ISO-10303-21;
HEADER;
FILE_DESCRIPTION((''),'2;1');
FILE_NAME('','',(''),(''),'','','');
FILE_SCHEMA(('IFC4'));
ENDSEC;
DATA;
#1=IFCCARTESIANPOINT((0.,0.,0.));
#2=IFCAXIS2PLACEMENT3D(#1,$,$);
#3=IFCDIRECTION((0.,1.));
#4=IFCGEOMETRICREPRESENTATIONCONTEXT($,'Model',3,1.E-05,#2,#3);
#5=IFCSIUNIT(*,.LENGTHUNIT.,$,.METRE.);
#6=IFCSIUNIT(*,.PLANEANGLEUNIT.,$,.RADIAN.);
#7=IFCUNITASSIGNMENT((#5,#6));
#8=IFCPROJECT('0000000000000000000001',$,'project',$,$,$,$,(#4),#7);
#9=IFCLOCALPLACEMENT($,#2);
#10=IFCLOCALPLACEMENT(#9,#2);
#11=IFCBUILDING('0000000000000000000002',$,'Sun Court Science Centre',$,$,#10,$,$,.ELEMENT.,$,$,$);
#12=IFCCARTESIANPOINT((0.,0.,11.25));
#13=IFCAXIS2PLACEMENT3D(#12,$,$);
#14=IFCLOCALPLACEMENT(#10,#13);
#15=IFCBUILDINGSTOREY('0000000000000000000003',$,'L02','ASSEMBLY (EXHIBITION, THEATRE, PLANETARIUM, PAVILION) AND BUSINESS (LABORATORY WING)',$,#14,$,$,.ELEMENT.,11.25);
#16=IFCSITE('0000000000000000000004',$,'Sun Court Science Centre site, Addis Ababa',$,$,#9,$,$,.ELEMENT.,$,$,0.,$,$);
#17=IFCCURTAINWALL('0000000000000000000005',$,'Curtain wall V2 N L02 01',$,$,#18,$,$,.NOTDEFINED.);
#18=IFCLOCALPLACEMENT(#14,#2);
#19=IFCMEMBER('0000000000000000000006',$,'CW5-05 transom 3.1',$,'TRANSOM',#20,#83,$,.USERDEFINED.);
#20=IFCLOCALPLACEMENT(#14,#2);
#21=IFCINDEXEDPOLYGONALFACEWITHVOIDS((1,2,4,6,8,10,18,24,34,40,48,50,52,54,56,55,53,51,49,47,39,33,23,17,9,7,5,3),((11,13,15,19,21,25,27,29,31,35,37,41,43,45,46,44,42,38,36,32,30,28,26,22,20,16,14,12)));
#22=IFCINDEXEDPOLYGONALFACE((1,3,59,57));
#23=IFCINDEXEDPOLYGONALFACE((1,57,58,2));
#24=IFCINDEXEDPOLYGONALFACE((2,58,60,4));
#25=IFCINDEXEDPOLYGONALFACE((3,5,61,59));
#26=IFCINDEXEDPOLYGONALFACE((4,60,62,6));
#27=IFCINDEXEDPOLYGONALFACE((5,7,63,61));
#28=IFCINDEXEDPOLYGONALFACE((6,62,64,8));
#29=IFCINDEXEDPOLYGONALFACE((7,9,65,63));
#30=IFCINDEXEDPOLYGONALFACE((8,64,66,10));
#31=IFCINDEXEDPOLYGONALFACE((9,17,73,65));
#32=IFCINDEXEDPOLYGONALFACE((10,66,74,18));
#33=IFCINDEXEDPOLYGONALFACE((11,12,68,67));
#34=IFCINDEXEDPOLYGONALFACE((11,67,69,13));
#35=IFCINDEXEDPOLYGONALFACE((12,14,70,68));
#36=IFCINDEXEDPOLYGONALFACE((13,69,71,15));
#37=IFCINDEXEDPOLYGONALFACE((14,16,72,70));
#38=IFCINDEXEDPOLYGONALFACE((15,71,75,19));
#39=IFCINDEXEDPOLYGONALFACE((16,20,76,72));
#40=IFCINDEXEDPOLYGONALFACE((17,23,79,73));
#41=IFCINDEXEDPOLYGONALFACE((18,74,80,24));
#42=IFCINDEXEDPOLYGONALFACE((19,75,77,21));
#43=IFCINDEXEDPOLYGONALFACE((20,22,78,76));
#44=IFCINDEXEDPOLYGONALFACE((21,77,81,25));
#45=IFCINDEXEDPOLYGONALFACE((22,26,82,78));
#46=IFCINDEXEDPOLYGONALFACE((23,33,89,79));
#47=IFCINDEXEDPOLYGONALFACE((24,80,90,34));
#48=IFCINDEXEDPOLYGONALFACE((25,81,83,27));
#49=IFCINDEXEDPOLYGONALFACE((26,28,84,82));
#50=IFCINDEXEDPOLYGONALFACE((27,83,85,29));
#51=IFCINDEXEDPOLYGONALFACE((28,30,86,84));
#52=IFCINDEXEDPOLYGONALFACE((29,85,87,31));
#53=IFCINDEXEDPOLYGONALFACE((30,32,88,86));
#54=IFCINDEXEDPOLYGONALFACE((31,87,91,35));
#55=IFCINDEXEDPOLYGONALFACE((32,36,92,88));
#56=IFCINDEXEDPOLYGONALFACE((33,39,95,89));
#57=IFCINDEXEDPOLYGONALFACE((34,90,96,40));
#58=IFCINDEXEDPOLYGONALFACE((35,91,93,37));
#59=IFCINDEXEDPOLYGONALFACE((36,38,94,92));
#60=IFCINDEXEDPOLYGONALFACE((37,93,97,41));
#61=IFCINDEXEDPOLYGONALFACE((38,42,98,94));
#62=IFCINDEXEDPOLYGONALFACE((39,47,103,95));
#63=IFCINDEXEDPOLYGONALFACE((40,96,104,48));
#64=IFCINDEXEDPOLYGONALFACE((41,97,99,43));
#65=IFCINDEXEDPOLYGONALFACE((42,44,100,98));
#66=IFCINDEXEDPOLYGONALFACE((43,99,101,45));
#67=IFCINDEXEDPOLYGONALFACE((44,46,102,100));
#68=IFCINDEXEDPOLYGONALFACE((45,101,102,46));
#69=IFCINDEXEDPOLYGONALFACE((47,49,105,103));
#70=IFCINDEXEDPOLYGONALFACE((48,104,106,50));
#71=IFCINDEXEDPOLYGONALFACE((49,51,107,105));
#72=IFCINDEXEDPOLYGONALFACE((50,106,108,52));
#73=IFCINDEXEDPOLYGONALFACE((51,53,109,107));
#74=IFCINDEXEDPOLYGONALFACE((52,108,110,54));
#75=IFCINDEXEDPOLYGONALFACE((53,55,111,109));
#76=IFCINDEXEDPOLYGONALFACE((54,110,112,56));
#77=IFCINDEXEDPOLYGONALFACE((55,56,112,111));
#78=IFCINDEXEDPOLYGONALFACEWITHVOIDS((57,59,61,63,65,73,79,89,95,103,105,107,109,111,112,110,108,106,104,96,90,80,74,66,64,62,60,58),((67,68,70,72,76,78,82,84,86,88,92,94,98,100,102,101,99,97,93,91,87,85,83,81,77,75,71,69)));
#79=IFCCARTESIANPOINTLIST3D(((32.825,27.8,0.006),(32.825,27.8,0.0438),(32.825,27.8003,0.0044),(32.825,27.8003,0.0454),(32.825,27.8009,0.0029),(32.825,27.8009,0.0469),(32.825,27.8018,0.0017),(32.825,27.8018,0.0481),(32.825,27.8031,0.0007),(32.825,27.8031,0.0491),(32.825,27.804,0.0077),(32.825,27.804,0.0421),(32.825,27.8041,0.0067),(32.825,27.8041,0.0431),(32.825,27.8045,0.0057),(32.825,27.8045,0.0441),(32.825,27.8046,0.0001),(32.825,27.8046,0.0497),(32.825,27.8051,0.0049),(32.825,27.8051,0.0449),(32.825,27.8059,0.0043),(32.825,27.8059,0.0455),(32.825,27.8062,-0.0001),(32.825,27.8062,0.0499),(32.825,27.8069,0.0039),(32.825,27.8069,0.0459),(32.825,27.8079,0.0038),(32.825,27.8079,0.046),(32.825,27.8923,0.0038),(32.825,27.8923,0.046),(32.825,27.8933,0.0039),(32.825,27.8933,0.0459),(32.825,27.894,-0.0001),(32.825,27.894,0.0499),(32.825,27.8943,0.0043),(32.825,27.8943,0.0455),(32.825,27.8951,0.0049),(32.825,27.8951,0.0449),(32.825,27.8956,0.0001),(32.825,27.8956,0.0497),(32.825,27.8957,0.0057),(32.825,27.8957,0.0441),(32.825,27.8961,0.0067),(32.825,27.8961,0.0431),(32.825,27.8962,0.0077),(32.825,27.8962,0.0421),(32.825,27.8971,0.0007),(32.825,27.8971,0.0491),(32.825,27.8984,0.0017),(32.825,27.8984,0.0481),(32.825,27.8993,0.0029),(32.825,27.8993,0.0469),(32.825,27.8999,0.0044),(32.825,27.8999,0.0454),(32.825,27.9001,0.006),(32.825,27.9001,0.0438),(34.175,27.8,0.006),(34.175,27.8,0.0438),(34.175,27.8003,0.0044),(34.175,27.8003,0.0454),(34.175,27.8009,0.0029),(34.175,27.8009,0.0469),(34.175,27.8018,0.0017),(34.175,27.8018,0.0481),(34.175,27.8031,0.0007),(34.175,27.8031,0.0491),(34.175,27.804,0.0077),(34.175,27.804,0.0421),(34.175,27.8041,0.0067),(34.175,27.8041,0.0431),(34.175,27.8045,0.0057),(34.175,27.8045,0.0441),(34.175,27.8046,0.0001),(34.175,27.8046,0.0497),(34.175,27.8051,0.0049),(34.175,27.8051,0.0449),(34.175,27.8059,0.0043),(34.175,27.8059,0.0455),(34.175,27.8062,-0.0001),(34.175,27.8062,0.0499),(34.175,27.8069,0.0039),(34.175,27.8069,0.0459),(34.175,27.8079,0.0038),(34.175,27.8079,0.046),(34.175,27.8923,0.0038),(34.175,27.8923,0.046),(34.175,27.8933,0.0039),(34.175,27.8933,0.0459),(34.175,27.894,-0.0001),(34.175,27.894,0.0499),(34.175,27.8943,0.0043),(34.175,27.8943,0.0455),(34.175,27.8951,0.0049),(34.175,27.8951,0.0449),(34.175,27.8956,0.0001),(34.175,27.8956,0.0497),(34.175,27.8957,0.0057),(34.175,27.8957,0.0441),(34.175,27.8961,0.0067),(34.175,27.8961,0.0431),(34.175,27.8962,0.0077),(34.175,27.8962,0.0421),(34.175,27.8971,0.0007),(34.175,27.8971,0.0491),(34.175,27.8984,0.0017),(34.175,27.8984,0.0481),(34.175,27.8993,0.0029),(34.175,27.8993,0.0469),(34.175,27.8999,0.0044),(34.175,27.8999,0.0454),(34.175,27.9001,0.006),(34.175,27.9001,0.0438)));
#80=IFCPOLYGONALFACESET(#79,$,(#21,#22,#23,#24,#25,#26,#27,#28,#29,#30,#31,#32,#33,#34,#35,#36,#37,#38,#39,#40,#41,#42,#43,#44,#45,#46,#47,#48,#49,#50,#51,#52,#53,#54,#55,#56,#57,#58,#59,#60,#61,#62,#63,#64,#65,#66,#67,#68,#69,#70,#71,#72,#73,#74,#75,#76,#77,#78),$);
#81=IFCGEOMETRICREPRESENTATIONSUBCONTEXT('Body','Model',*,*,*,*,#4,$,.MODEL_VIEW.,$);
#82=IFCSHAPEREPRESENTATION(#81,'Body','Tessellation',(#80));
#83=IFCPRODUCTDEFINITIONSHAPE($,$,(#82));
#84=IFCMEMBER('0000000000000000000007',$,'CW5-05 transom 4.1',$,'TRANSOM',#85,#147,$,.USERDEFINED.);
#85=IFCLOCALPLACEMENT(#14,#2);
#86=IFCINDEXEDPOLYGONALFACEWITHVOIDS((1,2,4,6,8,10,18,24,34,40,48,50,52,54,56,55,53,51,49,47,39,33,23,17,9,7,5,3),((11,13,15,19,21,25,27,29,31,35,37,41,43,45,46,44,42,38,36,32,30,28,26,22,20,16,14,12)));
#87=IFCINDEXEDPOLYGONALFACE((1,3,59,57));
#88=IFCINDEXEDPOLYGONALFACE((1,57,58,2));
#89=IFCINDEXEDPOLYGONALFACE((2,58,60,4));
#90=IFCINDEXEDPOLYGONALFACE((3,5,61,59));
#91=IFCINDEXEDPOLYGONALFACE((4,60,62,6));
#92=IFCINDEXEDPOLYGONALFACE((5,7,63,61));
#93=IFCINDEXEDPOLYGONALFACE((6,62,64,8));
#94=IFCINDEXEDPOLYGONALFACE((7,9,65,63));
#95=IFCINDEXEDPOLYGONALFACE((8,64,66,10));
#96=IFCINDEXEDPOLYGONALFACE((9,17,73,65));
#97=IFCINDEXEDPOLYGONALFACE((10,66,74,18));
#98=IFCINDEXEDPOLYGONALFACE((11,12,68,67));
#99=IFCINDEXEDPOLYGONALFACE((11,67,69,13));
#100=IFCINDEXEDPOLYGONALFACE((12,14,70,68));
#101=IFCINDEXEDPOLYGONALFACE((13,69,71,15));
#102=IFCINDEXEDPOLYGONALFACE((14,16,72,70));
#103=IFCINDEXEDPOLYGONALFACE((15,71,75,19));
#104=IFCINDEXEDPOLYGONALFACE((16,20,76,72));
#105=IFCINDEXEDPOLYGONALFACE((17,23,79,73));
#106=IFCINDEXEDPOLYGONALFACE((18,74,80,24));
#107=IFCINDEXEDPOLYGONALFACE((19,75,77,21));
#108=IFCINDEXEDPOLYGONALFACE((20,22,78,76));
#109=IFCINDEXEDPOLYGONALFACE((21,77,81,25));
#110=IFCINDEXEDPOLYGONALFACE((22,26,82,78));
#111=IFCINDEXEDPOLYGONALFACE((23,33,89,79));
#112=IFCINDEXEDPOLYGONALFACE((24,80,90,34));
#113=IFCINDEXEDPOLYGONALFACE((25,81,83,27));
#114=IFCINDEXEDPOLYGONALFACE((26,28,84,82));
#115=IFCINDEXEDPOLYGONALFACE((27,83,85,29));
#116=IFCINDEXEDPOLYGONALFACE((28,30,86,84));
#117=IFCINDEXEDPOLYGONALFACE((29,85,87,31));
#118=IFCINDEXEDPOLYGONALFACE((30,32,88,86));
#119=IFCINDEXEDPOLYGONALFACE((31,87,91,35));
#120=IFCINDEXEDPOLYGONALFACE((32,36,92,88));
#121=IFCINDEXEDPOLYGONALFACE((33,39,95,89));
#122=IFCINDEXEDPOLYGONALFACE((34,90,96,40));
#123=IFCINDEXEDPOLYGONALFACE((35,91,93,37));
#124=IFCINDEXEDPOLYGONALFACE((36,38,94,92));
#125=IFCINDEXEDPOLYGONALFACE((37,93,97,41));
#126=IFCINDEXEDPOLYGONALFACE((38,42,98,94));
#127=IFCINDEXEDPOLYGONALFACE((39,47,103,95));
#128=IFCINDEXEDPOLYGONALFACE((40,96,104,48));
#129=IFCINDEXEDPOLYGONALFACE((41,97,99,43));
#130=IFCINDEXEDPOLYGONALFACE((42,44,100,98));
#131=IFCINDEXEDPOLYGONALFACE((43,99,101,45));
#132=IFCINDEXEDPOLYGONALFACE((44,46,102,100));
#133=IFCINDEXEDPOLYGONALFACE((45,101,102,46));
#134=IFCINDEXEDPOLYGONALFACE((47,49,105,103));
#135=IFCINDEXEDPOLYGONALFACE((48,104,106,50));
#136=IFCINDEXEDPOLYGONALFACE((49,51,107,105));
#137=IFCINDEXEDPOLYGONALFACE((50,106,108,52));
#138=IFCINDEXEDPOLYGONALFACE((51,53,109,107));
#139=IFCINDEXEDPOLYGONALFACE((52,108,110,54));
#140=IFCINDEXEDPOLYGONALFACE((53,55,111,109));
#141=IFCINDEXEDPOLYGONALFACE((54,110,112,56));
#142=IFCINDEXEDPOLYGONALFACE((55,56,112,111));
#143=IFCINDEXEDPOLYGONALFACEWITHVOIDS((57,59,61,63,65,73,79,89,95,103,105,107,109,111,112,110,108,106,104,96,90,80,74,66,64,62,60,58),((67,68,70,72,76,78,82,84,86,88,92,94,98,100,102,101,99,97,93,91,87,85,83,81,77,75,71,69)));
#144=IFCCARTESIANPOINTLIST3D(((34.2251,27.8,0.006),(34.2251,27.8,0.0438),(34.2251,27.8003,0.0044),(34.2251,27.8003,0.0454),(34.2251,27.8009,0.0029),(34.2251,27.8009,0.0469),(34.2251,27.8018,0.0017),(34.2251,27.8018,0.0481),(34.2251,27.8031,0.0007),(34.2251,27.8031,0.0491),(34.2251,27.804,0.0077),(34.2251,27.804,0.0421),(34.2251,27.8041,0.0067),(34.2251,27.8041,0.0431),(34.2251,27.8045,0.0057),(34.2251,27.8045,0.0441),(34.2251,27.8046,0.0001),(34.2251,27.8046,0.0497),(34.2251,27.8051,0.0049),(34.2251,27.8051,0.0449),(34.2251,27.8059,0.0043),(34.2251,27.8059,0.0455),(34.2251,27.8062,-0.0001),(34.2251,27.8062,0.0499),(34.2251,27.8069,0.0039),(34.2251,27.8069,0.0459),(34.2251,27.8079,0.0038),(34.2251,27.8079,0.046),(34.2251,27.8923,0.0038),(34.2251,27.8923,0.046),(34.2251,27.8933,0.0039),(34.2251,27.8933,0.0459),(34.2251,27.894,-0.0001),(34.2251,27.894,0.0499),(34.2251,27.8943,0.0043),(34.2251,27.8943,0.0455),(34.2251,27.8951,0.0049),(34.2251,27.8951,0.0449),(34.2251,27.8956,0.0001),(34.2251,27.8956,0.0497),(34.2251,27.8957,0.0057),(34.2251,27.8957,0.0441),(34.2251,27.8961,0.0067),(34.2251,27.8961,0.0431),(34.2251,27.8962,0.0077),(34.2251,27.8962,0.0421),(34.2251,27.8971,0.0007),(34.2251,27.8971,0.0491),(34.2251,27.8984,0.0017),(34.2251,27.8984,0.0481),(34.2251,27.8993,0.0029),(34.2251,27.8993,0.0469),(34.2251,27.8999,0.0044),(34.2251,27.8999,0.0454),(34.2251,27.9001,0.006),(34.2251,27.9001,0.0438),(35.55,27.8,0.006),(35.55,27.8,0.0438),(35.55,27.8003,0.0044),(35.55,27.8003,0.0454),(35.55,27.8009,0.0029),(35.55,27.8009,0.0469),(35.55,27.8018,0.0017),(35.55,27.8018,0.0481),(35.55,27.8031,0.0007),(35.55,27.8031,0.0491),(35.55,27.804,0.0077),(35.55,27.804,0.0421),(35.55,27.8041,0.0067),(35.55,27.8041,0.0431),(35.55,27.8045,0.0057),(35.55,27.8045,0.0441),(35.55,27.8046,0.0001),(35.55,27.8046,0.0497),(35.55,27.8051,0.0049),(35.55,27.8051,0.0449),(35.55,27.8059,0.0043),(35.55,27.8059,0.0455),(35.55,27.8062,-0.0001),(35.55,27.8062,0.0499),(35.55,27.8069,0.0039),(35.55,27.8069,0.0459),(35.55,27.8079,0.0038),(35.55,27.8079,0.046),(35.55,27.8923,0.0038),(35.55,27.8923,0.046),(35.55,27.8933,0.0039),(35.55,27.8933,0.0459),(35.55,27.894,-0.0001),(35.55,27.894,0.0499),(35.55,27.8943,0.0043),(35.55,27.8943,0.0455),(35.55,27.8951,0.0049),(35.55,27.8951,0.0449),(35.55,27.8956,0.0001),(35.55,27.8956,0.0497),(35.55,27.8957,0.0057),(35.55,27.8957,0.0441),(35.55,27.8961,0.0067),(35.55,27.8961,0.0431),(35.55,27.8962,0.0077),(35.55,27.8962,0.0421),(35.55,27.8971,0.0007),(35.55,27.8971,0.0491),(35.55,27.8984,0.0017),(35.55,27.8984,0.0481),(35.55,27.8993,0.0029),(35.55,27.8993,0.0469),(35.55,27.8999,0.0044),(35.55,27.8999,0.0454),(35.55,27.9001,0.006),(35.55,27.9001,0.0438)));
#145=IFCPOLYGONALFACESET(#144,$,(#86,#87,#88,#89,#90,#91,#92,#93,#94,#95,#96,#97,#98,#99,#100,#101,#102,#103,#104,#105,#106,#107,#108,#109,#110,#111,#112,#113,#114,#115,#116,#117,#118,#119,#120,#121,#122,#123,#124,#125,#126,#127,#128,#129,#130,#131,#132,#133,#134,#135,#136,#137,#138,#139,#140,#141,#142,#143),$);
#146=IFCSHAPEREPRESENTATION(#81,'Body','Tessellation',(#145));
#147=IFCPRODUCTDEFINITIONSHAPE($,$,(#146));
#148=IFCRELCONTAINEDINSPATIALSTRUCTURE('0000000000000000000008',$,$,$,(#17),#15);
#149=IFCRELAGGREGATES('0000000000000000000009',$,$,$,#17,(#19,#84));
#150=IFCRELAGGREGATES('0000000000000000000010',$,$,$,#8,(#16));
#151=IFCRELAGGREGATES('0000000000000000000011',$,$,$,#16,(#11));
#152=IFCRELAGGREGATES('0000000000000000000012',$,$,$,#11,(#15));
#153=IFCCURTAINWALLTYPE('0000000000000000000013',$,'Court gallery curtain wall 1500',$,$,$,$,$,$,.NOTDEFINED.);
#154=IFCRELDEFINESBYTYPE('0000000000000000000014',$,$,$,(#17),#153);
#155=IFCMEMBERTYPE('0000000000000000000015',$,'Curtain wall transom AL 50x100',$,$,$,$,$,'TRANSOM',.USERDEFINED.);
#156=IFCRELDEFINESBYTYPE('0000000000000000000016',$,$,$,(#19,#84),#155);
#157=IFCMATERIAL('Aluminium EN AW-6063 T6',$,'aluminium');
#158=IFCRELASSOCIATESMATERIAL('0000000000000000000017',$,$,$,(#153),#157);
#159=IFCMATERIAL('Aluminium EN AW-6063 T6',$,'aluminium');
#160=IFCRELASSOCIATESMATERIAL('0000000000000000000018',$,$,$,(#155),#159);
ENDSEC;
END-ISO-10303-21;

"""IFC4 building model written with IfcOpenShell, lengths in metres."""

from ifc_helpers import new_model, si_unit, direction, frame, origin, origin_2d, place, context, subcontext, project, spatial, hollow_rectangle, extrude, material, material_profile, profile_set, type_object, element, aggregate, save


model = new_model("IFC4")

# Units and contexts
model_context = context("Model", 3, precision=1e-05, world=origin(), true_north=direction((0.0, 1.0)))
body_context = subcontext(model_context, "Body", "Model", "MODEL_VIEW")
ifc_project = project(units=[si_unit("LENGTHUNIT", "METRE"), si_unit("PLANEANGLEUNIT", "RADIAN")], contexts=[model_context])

# Site, building, storey
site_placement = place(None, origin())
site = spatial("IfcSite", under=ifc_project, at=site_placement, Name="Sun Court Science Centre site, Addis Ababa", CompositionType="ELEMENT", RefElevation=0.0)
building_placement = place(site_placement, origin())
building = spatial("IfcBuilding", under=site, at=building_placement, Name="Sun Court Science Centre", CompositionType="ELEMENT")
storey_placement = place(building_placement, frame((0.0, 0.0, 11.25)))
storey = spatial("IfcBuildingStorey", under=building, at=storey_placement, Name="L02", Description="ASSEMBLY (EXHIBITION, THEATRE, PLANETARIUM, PAVILION) AND BUSINESS (LABORATORY WING)", CompositionType="ELEMENT", Elevation=11.25)

# Curtain wall
ifc_material_1 = material(Name="Aluminium EN AW-6063 T6", Category="aluminium")
curtain_wall_type_1 = type_object("IfcCurtainWallType", Name="Court gallery curtain wall 1500", PredefinedType="NOTDEFINED", material=ifc_material_1)
curtain_wall_1_placement = place(storey_placement, origin())
curtain_wall_1 = element("IfcCurtainWall", 1, at=curtain_wall_1_placement, inside=storey, type_object=curtain_wall_type_1, Name="Curtain wall V2 N L02 01", PredefinedType="NOTDEFINED")

# Members
ifc_material_2 = material(Name="Aluminium EN AW-6063 T6", Category="aluminium")
ifc_material_profile_1 = material_profile(ifc_material_2, hollow_rectangle(XDim=0.05, YDim=0.1001, WallThickness=0.0039, InnerFilletRadius=0.0039, OuterFilletRadius=0.0061, at=origin_2d()), Name="AL 50x100x4")
ifc_profile_set_1 = profile_set([ifc_material_profile_1], Name="Aluminium EN AW-6063 T6")
member_type_1 = type_object("IfcMemberType", Name="Curtain wall transom AL 50x100", ElementType="TRANSOM", PredefinedType="USERDEFINED", material=ifc_profile_set_1)
member_1_placement = place(storey_placement, frame((32.825, 27.8501, 0.0249), z_axis=(1.0, 0.0, 0.0), x_axis=(0.0, 0.0, 1.0)))
member_1 = element("IfcMember", 2, at=member_1_placement, type_object=member_type_1, Name="CW5-05 transom 3.1", ObjectType="TRANSOM", PredefinedType="USERDEFINED", context=body_context, shape_type="SweptSolid", body=[
    extrude(hollow_rectangle(XDim=0.05, YDim=0.1001, WallThickness=0.0039, InnerFilletRadius=0.0039, OuterFilletRadius=0.0061, at=origin_2d()), origin(), (0.0, 0.0, 1.0), 1.3501),
])
member_2_placement = place(storey_placement, frame((34.2251, 27.8501, 0.0249), z_axis=(1.0, 0.0, 0.0), x_axis=(0.0, 0.0, 1.0)))
member_2 = element("IfcMember", 3, at=member_2_placement, type_object=member_type_1, Name="CW5-05 transom 4.1", ObjectType="TRANSOM", PredefinedType="USERDEFINED", context=body_context, shape_type="SweptSolid", body=[
    extrude(hollow_rectangle(XDim=0.05, YDim=0.1001, WallThickness=0.0039, InnerFilletRadius=0.0039, OuterFilletRadius=0.0061, at=origin_2d()), origin(), (0.0, 0.0, 1.0), 1.325),
])

aggregate(curtain_wall_1, [member_1, member_2])

save(model, "model.ifc")
